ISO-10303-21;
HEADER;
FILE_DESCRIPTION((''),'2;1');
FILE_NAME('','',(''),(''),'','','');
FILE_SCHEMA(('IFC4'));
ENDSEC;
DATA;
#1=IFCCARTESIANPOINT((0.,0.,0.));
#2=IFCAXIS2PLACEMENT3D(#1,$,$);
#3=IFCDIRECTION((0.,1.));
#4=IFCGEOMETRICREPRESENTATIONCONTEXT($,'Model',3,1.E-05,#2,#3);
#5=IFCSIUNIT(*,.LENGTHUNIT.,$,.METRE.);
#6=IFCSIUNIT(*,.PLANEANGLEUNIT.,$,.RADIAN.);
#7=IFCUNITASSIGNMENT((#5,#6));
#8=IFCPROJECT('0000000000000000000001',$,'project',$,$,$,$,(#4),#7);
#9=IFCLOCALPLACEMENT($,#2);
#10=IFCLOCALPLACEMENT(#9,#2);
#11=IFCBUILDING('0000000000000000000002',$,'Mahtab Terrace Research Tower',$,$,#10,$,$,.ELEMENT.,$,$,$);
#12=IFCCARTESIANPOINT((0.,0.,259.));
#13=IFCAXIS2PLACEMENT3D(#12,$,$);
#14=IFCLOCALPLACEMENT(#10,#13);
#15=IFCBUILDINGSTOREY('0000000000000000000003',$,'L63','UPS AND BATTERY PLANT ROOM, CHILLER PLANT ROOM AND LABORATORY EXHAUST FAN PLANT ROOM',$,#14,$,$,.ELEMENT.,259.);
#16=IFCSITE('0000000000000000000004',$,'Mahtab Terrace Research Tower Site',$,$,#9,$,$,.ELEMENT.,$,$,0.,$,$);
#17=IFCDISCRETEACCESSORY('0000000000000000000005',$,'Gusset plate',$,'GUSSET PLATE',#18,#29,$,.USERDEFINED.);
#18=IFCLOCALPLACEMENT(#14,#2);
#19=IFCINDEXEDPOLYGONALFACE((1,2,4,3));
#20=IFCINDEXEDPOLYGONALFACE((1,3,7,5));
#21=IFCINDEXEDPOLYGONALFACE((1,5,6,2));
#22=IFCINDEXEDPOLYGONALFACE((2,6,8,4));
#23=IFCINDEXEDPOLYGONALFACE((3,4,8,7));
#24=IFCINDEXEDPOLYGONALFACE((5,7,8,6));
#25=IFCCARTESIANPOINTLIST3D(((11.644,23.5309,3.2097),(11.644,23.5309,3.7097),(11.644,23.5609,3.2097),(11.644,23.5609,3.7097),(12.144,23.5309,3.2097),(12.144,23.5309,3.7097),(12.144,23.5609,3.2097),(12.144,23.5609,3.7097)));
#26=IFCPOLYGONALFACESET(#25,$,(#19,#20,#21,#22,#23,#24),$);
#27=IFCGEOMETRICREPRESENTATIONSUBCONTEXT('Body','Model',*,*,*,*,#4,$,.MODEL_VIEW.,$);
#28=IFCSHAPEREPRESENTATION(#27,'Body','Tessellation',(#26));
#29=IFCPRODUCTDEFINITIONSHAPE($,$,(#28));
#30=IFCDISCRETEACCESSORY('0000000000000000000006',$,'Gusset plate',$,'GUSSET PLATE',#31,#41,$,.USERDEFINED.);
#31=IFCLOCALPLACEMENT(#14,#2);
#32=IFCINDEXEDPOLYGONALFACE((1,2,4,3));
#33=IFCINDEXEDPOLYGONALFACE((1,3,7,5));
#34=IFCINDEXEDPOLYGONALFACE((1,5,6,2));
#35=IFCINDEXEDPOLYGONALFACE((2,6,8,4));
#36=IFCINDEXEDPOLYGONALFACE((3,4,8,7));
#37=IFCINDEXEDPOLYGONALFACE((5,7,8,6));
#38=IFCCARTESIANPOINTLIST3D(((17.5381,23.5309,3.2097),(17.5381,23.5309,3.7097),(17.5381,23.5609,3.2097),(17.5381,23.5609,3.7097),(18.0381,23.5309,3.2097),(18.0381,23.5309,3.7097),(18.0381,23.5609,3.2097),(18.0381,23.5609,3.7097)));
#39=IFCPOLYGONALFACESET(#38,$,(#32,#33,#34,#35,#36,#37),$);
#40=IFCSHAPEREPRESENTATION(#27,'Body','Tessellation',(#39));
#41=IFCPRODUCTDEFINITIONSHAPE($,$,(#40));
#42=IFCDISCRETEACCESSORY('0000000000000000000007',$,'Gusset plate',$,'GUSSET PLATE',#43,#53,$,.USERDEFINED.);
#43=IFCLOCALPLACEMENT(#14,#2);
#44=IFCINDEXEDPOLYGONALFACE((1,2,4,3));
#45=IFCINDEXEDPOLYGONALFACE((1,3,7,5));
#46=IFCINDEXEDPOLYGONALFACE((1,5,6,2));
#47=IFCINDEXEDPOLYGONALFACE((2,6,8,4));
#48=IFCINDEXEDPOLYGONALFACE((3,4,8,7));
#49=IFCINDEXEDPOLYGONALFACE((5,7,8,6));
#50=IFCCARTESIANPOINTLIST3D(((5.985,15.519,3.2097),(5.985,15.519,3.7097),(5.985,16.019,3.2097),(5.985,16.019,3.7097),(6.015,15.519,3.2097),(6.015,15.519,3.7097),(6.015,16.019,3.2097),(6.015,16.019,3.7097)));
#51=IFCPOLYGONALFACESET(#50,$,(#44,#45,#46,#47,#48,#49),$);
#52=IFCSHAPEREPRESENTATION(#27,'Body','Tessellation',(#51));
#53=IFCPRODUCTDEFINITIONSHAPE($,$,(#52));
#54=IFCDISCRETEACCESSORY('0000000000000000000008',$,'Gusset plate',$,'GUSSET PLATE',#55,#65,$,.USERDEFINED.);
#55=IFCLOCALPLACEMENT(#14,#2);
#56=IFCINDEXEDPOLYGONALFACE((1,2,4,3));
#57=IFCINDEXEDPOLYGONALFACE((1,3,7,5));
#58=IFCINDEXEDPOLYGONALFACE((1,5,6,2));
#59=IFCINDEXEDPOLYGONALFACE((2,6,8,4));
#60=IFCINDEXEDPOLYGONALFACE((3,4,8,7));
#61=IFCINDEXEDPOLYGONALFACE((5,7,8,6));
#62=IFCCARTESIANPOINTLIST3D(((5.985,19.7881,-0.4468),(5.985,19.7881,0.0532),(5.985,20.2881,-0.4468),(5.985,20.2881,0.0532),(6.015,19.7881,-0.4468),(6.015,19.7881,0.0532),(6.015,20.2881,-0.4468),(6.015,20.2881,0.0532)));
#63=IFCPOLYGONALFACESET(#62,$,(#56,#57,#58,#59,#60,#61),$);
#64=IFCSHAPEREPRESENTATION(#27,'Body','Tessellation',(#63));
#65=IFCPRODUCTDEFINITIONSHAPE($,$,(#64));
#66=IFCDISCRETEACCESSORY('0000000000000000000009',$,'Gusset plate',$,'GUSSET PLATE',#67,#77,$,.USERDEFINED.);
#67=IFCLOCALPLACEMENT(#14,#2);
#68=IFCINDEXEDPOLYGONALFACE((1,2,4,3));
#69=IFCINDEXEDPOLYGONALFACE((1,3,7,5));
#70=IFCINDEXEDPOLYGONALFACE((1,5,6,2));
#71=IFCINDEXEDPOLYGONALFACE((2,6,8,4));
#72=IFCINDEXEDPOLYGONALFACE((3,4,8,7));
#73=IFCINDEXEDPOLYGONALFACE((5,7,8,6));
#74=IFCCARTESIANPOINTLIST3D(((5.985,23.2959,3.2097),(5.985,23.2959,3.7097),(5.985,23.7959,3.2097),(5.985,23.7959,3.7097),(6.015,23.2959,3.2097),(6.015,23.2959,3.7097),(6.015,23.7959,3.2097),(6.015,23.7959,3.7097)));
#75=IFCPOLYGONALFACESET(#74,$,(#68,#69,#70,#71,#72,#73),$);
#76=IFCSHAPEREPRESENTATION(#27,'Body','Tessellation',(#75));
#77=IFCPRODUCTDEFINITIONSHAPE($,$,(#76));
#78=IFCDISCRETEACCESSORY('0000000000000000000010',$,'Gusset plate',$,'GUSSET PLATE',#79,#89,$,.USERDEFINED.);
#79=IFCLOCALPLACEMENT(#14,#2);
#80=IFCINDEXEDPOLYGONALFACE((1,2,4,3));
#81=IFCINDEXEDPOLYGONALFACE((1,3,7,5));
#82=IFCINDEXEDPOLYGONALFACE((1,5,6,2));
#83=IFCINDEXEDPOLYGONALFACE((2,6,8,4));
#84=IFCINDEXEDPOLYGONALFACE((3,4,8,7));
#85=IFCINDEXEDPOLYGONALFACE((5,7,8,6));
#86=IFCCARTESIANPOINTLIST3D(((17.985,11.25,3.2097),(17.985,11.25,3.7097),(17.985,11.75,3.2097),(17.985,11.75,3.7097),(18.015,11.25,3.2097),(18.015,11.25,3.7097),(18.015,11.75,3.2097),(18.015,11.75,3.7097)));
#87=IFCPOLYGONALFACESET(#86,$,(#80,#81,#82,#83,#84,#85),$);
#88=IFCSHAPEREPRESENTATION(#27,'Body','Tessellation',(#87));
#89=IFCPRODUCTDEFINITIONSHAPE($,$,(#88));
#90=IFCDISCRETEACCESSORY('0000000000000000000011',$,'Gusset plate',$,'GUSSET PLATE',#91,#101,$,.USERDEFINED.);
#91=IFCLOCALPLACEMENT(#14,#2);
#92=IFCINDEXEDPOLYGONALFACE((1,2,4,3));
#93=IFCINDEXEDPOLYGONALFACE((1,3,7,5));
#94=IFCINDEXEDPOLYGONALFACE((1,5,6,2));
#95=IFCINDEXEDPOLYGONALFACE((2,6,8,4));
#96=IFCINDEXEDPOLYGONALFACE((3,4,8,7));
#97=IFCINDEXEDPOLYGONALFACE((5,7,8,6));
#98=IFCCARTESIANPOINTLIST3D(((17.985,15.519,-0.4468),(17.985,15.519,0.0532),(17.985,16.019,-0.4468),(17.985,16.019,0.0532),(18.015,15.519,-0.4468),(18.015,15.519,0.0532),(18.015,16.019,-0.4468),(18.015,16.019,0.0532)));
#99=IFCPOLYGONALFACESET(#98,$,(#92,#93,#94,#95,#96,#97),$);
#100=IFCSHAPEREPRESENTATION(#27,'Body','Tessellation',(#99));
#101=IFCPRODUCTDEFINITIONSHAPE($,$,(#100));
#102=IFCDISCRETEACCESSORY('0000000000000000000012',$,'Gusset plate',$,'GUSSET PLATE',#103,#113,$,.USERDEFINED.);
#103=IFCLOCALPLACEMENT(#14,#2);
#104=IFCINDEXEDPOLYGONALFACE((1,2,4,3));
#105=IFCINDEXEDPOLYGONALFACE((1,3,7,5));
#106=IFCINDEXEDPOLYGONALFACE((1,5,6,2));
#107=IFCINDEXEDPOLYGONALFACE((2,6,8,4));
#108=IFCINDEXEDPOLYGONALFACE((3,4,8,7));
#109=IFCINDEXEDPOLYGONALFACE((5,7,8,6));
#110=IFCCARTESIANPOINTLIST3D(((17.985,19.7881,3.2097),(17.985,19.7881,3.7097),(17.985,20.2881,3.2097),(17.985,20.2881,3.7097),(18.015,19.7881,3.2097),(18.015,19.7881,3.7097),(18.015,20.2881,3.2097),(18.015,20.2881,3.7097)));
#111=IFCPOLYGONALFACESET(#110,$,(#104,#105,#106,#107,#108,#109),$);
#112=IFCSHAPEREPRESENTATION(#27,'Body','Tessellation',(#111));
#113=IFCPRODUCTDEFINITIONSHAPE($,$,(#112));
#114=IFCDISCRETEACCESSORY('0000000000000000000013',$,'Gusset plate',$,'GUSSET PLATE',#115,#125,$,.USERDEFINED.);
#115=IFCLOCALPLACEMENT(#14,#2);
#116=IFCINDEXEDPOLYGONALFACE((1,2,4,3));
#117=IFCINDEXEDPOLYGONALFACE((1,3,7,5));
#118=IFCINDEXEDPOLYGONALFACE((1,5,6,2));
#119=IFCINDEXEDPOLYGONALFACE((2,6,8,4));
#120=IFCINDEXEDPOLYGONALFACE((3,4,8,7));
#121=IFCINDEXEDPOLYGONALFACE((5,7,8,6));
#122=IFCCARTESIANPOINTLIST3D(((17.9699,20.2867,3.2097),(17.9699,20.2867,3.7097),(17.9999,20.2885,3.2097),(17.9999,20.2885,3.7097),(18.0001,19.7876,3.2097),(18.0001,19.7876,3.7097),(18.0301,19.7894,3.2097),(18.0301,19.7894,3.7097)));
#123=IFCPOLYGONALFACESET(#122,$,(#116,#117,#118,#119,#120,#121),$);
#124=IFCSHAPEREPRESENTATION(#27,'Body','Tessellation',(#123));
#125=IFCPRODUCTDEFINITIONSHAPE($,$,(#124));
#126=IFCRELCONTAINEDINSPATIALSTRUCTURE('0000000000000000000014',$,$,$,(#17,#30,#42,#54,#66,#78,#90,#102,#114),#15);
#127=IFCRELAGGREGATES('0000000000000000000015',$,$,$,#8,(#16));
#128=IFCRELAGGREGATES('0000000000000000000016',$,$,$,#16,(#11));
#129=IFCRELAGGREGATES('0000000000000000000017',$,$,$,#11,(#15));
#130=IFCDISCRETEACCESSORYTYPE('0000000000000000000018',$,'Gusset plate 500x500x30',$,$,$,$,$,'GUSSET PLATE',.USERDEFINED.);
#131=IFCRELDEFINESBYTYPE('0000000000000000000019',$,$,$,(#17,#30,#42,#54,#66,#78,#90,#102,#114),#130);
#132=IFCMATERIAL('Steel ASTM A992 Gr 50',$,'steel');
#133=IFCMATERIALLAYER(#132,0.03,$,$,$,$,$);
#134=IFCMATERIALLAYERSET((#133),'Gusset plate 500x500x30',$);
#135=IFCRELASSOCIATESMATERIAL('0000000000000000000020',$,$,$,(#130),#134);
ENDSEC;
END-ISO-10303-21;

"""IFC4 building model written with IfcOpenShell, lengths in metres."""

from ifc_helpers import new_model, si_unit, direction, frame, origin, origin_2d, place, context, subcontext, project, spatial, rectangle, extrude, material, layer, layer_set, type_object, element, save


model = new_model("IFC4")

# Units and contexts
model_context = context("Model", 3, precision=1e-05, world=origin(), true_north=direction((0.0, 1.0)))
body_context = subcontext(model_context, "Body", "Model", "MODEL_VIEW")
ifc_project = project(units=[si_unit("LENGTHUNIT", "METRE"), si_unit("PLANEANGLEUNIT", "RADIAN")], contexts=[model_context])

# Site, building, storey
site_placement = place(None, origin())
site = spatial("IfcSite", under=ifc_project, at=site_placement, Name="Mahtab Terrace Research Tower Site", CompositionType="ELEMENT", RefElevation=0.0)
building_placement = place(site_placement, origin())
building = spatial("IfcBuilding", under=site, at=building_placement, Name="Mahtab Terrace Research Tower", CompositionType="ELEMENT")
storey_placement = place(building_placement, frame((0.0, 0.0, 259.0)))
storey = spatial("IfcBuildingStorey", under=building, at=storey_placement, Name="L63", Description="UPS AND BATTERY PLANT ROOM, CHILLER PLANT ROOM AND LABORATORY EXHAUST FAN PLANT ROOM", CompositionType="ELEMENT", Elevation=259.0)

# Shared definitions
ifc_material_1 = material(Name="Steel ASTM A992 Gr 50", Category="steel")

# Discrete accessories
ifc_layer_1 = layer(ifc_material_1, 0.03)
ifc_layer_set_1 = layer_set([ifc_layer_1], Name="Gusset plate 500x500x30")
discrete_accessory_type = type_object("IfcDiscreteAccessoryType", Name="Gusset plate 500x500x30", ElementType="GUSSET PLATE", PredefinedType="USERDEFINED", material=ifc_layer_set_1)
for number, where, z_axis, x_axis, name in (
    (1, (11.894, 23.5459, 3.2097), (0.0, 0.0, 1.0), (1.0, 0.0, 0.0), "Gusset plate"),
    (2, (17.7881, 23.5459, 3.2097), (0.0, 0.0, 1.0), (1.0, 0.0, 0.0), "Gusset plate"),
    (3, (6.0, 15.769, 3.2097), (0.0, 0.0, 1.0), (0.0, 1.0, 0.0), "Gusset plate"),
    (4, (6.0, 20.0381, -0.4468), (0.0, 0.0, 1.0), (0.0, 1.0, 0.0), "Gusset plate"),
    (5, (6.0, 23.5459, 3.2097), (0.0, 0.0, 1.0), (0.0, 1.0, 0.0), "Gusset plate"),
    (6, (18.0, 11.5, 3.2097), (0.0, 0.0, 1.0), (0.0, 1.0, 0.0), "Gusset plate"),
    (7, (18.0, 15.769, -0.4468), (0.0, 0.0, 1.0), (0.0, 1.0, 0.0), "Gusset plate"),
    (8, (18.0, 20.0381, 3.2097), (0.0, 0.0, 1.0), (0.0, 1.0, 0.0), "Gusset plate"),
    (9, (18.0, 20.0381, 3.2097), (0.0, 0.0, 1.0), (-0.060317, 0.998179, 0.0), "Gusset plate"),
):
    element("IfcDiscreteAccessory", number, at=place(storey_placement, frame(where, z_axis=z_axis, x_axis=x_axis)), inside=storey, type_object=discrete_accessory_type, Name=name, ObjectType="GUSSET PLATE", PredefinedType="USERDEFINED", context=body_context, shape_type="SweptSolid", body=[
        extrude(rectangle(XDim=0.5, YDim=0.03, at=origin_2d()), origin(), (0.0, 0.0, 1.0), 0.5),
    ])

save(model, "model.ifc")
